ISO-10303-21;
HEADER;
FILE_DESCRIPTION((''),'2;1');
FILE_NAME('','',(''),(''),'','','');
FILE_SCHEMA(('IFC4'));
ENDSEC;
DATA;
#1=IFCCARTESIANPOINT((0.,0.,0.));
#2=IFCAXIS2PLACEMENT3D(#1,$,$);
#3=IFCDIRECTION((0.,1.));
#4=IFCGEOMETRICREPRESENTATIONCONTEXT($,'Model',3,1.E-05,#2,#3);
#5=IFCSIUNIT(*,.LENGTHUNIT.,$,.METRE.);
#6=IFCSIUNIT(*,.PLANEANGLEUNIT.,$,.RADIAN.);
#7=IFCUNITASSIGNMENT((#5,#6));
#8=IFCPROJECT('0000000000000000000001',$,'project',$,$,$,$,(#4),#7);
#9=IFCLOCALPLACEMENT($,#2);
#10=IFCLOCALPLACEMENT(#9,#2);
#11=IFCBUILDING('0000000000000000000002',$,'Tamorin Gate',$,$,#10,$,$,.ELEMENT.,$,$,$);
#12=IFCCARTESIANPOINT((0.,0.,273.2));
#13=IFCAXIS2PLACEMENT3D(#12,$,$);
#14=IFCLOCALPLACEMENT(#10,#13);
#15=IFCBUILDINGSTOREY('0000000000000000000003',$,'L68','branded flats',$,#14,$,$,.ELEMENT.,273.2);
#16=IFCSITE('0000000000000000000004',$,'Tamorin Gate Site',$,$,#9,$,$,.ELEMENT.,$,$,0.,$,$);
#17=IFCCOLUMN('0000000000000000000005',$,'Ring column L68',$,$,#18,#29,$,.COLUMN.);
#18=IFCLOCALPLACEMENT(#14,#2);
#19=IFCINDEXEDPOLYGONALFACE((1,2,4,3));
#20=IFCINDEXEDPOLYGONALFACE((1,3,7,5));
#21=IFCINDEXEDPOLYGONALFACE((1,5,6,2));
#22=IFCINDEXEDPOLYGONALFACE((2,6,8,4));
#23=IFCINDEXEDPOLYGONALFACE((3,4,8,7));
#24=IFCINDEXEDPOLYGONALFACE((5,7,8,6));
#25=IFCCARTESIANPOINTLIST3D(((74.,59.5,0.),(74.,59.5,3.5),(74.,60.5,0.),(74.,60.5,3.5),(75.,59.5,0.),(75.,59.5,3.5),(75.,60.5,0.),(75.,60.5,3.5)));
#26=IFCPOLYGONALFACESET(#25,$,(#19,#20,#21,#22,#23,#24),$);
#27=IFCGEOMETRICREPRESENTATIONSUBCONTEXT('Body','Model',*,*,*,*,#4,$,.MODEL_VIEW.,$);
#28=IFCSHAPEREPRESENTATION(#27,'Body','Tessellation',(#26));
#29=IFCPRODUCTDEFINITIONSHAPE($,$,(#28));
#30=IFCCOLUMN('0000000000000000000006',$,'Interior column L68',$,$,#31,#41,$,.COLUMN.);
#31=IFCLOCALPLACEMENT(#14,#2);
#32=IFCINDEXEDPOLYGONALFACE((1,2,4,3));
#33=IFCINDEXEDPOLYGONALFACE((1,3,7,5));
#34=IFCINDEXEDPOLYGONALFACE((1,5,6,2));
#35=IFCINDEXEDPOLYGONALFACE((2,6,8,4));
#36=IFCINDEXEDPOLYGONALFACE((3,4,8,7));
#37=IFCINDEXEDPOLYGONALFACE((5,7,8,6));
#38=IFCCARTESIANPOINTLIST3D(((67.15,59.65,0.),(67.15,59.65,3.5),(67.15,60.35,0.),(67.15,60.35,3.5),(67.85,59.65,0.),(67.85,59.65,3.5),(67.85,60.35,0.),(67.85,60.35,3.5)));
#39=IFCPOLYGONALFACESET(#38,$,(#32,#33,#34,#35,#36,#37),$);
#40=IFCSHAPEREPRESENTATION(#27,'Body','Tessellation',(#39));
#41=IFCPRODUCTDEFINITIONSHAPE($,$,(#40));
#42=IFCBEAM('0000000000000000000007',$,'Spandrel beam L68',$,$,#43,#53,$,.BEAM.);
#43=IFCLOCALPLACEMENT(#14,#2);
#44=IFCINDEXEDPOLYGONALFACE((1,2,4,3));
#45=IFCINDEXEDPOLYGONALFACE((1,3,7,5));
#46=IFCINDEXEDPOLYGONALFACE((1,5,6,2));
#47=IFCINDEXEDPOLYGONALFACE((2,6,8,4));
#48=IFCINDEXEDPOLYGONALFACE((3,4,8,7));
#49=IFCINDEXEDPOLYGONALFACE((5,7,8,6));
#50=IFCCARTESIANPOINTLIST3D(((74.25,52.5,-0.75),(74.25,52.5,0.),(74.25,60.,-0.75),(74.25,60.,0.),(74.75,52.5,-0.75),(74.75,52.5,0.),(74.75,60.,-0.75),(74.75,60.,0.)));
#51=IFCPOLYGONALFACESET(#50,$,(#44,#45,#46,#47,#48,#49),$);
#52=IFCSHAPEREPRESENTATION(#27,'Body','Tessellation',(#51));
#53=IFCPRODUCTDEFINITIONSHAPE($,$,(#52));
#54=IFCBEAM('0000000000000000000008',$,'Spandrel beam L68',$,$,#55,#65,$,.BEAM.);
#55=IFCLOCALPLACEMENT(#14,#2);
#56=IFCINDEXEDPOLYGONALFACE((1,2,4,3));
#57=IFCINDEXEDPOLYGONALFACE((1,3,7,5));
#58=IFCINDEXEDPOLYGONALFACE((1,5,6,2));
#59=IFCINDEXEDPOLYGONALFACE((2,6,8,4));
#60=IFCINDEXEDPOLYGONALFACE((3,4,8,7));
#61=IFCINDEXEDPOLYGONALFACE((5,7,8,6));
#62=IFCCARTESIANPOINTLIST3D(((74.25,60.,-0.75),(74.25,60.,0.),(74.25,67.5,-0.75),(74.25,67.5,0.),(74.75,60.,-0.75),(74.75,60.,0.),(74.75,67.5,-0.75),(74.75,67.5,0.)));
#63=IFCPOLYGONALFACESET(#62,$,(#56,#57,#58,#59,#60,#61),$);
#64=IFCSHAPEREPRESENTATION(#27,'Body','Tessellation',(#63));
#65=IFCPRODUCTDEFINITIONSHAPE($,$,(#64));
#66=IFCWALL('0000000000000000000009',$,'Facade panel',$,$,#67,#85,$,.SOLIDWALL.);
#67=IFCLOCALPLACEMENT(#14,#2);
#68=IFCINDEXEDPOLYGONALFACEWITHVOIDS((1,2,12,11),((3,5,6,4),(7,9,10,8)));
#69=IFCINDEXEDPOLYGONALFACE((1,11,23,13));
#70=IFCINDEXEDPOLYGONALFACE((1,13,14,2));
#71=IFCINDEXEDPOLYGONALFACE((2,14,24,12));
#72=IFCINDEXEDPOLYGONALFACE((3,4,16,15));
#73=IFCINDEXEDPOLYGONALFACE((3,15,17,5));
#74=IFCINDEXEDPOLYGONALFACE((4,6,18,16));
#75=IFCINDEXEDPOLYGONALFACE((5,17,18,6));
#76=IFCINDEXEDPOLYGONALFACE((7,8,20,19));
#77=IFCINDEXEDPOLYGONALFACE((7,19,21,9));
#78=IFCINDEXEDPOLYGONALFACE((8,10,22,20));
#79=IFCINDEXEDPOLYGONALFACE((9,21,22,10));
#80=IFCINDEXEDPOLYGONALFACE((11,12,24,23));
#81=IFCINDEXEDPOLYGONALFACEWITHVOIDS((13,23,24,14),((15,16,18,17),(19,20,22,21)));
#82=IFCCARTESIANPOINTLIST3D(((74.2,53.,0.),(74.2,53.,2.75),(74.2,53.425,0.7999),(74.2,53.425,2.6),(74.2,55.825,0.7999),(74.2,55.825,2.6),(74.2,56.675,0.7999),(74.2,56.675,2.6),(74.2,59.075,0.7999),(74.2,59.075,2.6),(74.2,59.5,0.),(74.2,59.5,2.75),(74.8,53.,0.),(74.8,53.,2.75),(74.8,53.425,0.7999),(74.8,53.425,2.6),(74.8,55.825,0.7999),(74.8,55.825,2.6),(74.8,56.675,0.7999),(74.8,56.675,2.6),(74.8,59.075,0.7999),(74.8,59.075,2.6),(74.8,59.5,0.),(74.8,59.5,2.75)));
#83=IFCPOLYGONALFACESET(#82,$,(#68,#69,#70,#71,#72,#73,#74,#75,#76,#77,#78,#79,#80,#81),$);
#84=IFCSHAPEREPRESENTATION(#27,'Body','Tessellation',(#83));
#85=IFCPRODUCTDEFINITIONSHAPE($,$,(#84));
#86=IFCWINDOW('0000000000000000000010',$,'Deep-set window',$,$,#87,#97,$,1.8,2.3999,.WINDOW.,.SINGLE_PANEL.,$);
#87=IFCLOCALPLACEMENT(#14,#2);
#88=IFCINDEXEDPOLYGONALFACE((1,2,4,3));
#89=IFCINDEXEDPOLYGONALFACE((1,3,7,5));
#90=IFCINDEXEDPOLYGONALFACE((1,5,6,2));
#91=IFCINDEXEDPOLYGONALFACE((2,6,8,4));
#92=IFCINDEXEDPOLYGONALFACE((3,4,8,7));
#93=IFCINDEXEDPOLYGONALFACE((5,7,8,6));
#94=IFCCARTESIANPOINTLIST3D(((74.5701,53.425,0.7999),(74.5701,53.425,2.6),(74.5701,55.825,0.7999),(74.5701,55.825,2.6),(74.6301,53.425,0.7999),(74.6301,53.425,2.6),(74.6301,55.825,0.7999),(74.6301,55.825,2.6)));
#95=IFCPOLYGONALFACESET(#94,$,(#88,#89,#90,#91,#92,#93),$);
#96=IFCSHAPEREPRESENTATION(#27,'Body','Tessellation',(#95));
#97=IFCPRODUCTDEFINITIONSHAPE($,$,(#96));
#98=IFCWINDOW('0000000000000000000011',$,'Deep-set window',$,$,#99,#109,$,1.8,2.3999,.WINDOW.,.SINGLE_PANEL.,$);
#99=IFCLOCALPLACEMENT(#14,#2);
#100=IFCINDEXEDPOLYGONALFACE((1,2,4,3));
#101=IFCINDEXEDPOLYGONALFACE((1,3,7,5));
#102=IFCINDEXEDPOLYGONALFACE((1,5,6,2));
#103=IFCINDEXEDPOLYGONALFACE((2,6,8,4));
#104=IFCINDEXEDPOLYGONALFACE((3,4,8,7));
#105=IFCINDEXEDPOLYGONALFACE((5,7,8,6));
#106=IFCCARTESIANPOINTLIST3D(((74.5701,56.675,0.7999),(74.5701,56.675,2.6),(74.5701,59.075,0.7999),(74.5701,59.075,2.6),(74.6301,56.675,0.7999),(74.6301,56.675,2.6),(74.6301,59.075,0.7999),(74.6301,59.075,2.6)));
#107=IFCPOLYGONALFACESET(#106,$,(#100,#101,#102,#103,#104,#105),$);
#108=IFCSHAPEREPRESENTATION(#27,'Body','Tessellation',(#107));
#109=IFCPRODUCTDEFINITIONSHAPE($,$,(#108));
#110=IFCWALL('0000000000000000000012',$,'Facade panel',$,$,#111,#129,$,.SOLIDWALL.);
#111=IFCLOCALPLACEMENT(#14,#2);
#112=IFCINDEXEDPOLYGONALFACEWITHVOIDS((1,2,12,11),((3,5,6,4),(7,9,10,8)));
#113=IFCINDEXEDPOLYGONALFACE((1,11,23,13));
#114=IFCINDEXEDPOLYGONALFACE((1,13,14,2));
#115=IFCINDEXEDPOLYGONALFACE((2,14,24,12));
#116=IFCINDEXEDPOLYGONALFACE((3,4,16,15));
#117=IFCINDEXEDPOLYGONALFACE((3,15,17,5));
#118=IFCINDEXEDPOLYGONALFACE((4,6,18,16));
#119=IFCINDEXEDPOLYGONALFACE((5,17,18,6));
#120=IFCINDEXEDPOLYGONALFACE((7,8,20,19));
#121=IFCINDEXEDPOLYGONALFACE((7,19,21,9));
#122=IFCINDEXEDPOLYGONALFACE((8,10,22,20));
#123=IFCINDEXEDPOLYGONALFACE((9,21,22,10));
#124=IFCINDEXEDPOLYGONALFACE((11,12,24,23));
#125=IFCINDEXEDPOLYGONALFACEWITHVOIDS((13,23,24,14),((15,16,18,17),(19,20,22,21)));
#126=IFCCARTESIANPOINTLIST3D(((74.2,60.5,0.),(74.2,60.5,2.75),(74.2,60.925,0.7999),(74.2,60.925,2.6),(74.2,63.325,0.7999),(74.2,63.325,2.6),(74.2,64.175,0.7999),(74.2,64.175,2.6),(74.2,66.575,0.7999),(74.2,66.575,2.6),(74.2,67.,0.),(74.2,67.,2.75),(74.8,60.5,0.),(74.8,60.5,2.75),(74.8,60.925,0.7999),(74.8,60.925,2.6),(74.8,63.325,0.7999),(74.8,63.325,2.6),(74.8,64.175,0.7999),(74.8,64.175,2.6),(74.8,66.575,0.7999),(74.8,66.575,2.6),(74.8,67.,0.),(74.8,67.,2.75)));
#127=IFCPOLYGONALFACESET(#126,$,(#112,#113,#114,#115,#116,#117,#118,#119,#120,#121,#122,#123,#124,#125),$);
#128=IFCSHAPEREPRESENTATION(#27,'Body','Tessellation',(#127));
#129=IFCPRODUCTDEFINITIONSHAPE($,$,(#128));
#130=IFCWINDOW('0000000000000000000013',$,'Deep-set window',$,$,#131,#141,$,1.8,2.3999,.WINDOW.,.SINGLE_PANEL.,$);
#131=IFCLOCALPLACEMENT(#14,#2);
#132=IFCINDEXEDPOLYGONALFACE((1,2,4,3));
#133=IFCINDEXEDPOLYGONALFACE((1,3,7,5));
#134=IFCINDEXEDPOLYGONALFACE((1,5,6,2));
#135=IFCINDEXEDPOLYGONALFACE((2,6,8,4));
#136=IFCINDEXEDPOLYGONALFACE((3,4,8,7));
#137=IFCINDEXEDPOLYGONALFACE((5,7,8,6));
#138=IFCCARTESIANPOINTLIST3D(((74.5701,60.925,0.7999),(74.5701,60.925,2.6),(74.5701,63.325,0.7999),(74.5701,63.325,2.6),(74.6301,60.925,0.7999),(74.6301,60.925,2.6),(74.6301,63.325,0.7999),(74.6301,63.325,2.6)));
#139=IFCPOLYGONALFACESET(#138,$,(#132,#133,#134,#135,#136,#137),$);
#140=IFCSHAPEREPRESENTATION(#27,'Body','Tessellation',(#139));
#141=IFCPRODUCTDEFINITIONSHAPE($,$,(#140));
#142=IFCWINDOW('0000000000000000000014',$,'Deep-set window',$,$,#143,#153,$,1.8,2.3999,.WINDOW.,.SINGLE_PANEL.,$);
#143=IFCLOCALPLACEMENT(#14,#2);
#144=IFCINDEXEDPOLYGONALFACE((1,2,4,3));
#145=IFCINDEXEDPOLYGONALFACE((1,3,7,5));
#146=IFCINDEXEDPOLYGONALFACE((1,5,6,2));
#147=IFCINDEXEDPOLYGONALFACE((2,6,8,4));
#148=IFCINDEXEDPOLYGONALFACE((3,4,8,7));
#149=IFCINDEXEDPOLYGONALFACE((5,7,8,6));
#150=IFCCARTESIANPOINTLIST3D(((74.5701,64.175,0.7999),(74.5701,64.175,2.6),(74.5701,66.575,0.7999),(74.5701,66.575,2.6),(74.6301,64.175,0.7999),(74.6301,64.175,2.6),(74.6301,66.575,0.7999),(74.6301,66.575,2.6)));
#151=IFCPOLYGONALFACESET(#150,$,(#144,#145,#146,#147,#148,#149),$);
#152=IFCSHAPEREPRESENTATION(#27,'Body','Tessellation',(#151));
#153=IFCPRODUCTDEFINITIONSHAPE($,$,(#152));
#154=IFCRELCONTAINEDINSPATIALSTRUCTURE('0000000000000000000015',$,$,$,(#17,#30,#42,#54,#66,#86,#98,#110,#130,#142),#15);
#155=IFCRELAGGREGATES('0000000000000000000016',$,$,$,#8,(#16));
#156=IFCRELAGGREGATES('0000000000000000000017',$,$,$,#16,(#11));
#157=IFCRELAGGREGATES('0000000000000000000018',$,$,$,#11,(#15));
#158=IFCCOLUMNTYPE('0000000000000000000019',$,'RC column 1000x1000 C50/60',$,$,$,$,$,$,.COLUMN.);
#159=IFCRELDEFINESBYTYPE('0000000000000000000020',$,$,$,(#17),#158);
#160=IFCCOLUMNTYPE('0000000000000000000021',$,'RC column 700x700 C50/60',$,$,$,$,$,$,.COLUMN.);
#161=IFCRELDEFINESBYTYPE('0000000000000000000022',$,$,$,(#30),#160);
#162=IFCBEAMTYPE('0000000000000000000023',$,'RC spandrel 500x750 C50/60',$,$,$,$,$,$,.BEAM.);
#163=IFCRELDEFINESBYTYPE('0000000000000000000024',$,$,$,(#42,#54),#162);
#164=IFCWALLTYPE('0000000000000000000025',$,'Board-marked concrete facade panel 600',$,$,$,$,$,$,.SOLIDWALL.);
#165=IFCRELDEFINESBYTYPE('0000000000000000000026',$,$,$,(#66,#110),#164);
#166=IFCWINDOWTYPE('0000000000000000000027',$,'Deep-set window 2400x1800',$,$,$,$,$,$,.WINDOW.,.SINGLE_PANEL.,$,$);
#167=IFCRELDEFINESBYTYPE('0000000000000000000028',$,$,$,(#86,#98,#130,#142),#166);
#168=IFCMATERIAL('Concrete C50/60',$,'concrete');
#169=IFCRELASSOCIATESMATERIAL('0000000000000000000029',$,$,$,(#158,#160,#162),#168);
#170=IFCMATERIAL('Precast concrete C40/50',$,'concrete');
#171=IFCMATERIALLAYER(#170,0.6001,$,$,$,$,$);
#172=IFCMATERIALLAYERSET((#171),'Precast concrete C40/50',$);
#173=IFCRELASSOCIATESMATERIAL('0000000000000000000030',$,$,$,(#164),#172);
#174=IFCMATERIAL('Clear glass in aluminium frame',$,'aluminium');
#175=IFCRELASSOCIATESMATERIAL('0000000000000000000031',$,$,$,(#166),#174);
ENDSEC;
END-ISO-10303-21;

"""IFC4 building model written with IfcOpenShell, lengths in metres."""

from ifc_helpers import new_model, si_unit, direction, frame, frame_2d, origin, origin_2d, place, context, subcontext, project, spatial, rectangle, extrude, material, layer, layer_set, material_profile, profile_set, type_object, element, fill, save


model = new_model("IFC4")

# Units and contexts
model_context = context("Model", 3, precision=1e-05, world=origin(), true_north=direction((0.0, 1.0)))
body_context = subcontext(model_context, "Body", "Model", "MODEL_VIEW")
ifc_project = project(units=[si_unit("LENGTHUNIT", "METRE"), si_unit("PLANEANGLEUNIT", "RADIAN")], contexts=[model_context])

# Site, building, storey
site_placement = place(None, origin())
site = spatial("IfcSite", under=ifc_project, at=site_placement, Name="Tamorin Gate Site", CompositionType="ELEMENT", RefElevation=0.0)
building_placement = place(site_placement, origin())
building = spatial("IfcBuilding", under=site, at=building_placement, Name="Tamorin Gate", CompositionType="ELEMENT")
storey_placement = place(building_placement, frame((0.0, 0.0, 273.2)))
storey = spatial("IfcBuildingStorey", under=building, at=storey_placement, Name="L68", Description="branded flats", CompositionType="ELEMENT", Elevation=273.2)

# Columns
ifc_material_1 = material(Name="Concrete C50/60", Category="concrete")
ifc_material_profile_1 = material_profile(ifc_material_1, rectangle(XDim=1.0, YDim=1.0, at=origin_2d()), Name="RC 1000x1000")
ifc_profile_set_1 = profile_set([ifc_material_profile_1], Name="Concrete C50/60")
column_type_1 = type_object("IfcColumnType", Name="RC column 1000x1000 C50/60", PredefinedType="COLUMN", material=ifc_profile_set_1)
column_1_placement = place(storey_placement, frame((74.5, 60.0, 0.0), z_axis=(0.0, 0.0, 1.0), x_axis=(1.0, 0.0, 0.0)))
element("IfcColumn", 1, at=column_1_placement, inside=storey, type_object=column_type_1, Name="Ring column L68", PredefinedType="COLUMN", context=body_context, shape_type="SweptSolid", body=[
    extrude(rectangle(XDim=1.0, YDim=1.0, at=origin_2d()), origin(), (0.0, 0.0, 1.0), 3.5),
])
ifc_material_profile_2 = material_profile(ifc_material_1, rectangle(XDim=0.7, YDim=0.7, at=origin_2d()), Name="RC 700x700")
ifc_profile_set_2 = profile_set([ifc_material_profile_2], Name="Concrete C50/60")
column_type_2 = type_object("IfcColumnType", Name="RC column 700x700 C50/60", PredefinedType="COLUMN", material=ifc_profile_set_2)
column_2_placement = place(storey_placement, frame((67.5, 60.0, 0.0), z_axis=(0.0, 0.0, 1.0), x_axis=(1.0, 0.0, 0.0)))
element("IfcColumn", 2, at=column_2_placement, inside=storey, type_object=column_type_2, Name="Interior column L68", PredefinedType="COLUMN", context=body_context, shape_type="SweptSolid", body=[
    extrude(rectangle(XDim=0.7, YDim=0.7, at=origin_2d()), origin(), (0.0, 0.0, 1.0), 3.5),
])

# Beams
ifc_material_profile_3 = material_profile(ifc_material_1, rectangle(XDim=0.5, YDim=0.75, at=origin_2d()), Name="RC 500x750")
ifc_profile_set_3 = profile_set([ifc_material_profile_3], Name="Concrete C50/60")
beam_type = type_object("IfcBeamType", Name="RC spandrel 500x750 C50/60", PredefinedType="BEAM", material=ifc_profile_set_3)
for number, where, z_axis, x_axis, name in (
    (3, (74.5, 52.5, -0.375), (0.0, 1.0, 0.0), (-1.0, 0.0, 0.0), "Spandrel beam L68"),
    (4, (74.5, 60.0, -0.375), (0.0, 1.0, 0.0), (-1.0, 0.0, 0.0), "Spandrel beam L68"),
):
    element("IfcBeam", number, at=place(storey_placement, frame(where, z_axis=z_axis, x_axis=x_axis)), inside=storey, type_object=beam_type, Name=name, PredefinedType="BEAM", context=body_context, shape_type="SweptSolid", body=[
        extrude(rectangle(XDim=0.5, YDim=0.75, at=origin_2d()), origin(), (0.0, 0.0, 1.0), 7.5),
    ])

# Walls, openings, windows
ifc_material_2 = material(Name="Precast concrete C40/50", Category="concrete")
ifc_layer_1 = layer(ifc_material_2, 0.6001)
ifc_layer_set_1 = layer_set([ifc_layer_1], Name="Precast concrete C40/50")
wall_type_1 = type_object("IfcWallType", Name="Board-marked concrete facade panel 600", PredefinedType="SOLIDWALL", material=ifc_layer_set_1)
wall_1_placement = place(storey_placement, frame((74.5, 53.0, 0.0), z_axis=(0.0, 0.0, 1.0), x_axis=(0.0, 1.0, 0.0)))
wall_1 = element("IfcWall", 5, at=wall_1_placement, inside=storey, type_object=wall_type_1, Name="Facade panel", PredefinedType="SOLIDWALL", context=body_context, shape_type="SweptSolid", body=[
    extrude(rectangle(XDim=6.5, YDim=0.6001, at=frame_2d((3.25, 0.0))), origin(), (0.0, 0.0, 1.0), 2.75),
])
opening_1_placement = place(wall_1_placement, frame((0.425, 0.0, 0.8)))
opening_1 = element("IfcOpeningElement", 6, at=opening_1_placement, cuts=wall_1, PredefinedType="OPENING", context=body_context, shape_type="SweptSolid", body=[
    extrude(rectangle(XDim=2.3999, YDim=1.8, at=frame_2d((1.2, 0.8999))), frame((0.0, 0.3101, 0.0), z_axis=(0.0, -1.0, 0.0), x_axis=(1.0, 0.0, 0.0)), (0.0, 0.0, 1.0), 0.6201),
])
opening_2_placement = place(wall_1_placement, frame((3.675, 0.0, 0.8)))
opening_2 = element("IfcOpeningElement", 7, at=opening_2_placement, cuts=wall_1, PredefinedType="OPENING", context=body_context, shape_type="SweptSolid", body=[
    extrude(rectangle(XDim=2.3999, YDim=1.8, at=frame_2d((1.2, 0.8999))), frame((0.0, 0.3101, 0.0), z_axis=(0.0, -1.0, 0.0), x_axis=(1.0, 0.0, 0.0)), (0.0, 0.0, 1.0), 0.6201),
])
ifc_material_3 = material(Name="Clear glass in aluminium frame", Category="aluminium")
window_type = type_object("IfcWindowType", Name="Deep-set window 2400x1800", PartitioningType="SINGLE_PANEL", PredefinedType="WINDOW", material=ifc_material_3)
window_1_placement = place(opening_1_placement, origin())
window_1 = element("IfcWindow", 8, at=window_1_placement, inside=storey, type_object=window_type, Name="Deep-set window", OverallHeight=1.8, OverallWidth=2.3999, PartitioningType="SINGLE_PANEL", PredefinedType="WINDOW", context=body_context, shape_type="SweptSolid", body=[
    extrude(rectangle(XDim=2.3999, YDim=1.8, at=frame_2d((1.2, 0.8999))), frame((0.0, -0.0701, 0.0), z_axis=(0.0, -1.0, 0.0), x_axis=(1.0, 0.0, 0.0)), (0.0, 0.0, 1.0), 0.0601),
])
fill(opening_1, window_1)
window_2_placement = place(opening_2_placement, origin())
window_2 = element("IfcWindow", 9, at=window_2_placement, inside=storey, type_object=window_type, Name="Deep-set window", OverallHeight=1.8, OverallWidth=2.3999, PartitioningType="SINGLE_PANEL", PredefinedType="WINDOW", context=body_context, shape_type="SweptSolid", body=[
    extrude(rectangle(XDim=2.3999, YDim=1.8, at=frame_2d((1.2, 0.8999))), frame((0.0, -0.0701, 0.0), z_axis=(0.0, -1.0, 0.0), x_axis=(1.0, 0.0, 0.0)), (0.0, 0.0, 1.0), 0.0601),
])
fill(opening_2, window_2)
wall_2_placement = place(storey_placement, frame((74.5, 60.5, 0.0), z_axis=(0.0, 0.0, 1.0), x_axis=(0.0, 1.0, 0.0)))
wall_2 = element("IfcWall", 10, at=wall_2_placement, inside=storey, type_object=wall_type_1, Name="Facade panel", PredefinedType="SOLIDWALL", context=body_context, shape_type="SweptSolid", body=[
    extrude(rectangle(XDim=6.5, YDim=0.6001, at=frame_2d((3.25, 0.0))), origin(), (0.0, 0.0, 1.0), 2.75),
])
opening_3_placement = place(wall_2_placement, frame((0.425, 0.0, 0.8)))
opening_3 = element("IfcOpeningElement", 11, at=opening_3_placement, cuts=wall_2, PredefinedType="OPENING", context=body_context, shape_type="SweptSolid", body=[
    extrude(rectangle(XDim=2.3999, YDim=1.8, at=frame_2d((1.2, 0.8999))), frame((0.0, 0.3101, 0.0), z_axis=(0.0, -1.0, 0.0), x_axis=(1.0, 0.0, 0.0)), (0.0, 0.0, 1.0), 0.6201),
])
opening_4_placement = place(wall_2_placement, frame((3.675, 0.0, 0.8)))
opening_4 = element("IfcOpeningElement", 12, at=opening_4_placement, cuts=wall_2, PredefinedType="OPENING", context=body_context, shape_type="SweptSolid", body=[
    extrude(rectangle(XDim=2.3999, YDim=1.8, at=frame_2d((1.2, 0.8999))), frame((0.0, 0.3101, 0.0), z_axis=(0.0, -1.0, 0.0), x_axis=(1.0, 0.0, 0.0)), (0.0, 0.0, 1.0), 0.6201),
])
window_3_placement = place(opening_3_placement, origin())
window_3 = element("IfcWindow", 13, at=window_3_placement, inside=storey, type_object=window_type, Name="Deep-set window", OverallHeight=1.8, OverallWidth=2.3999, PartitioningType="SINGLE_PANEL", PredefinedType="WINDOW", context=body_context, shape_type="SweptSolid", body=[
    extrude(rectangle(XDim=2.3999, YDim=1.8, at=frame_2d((1.2, 0.8999))), frame((0.0, -0.0701, 0.0), z_axis=(0.0, -1.0, 0.0), x_axis=(1.0, 0.0, 0.0)), (0.0, 0.0, 1.0), 0.0601),
])
fill(opening_3, window_3)
window_4_placement = place(opening_4_placement, origin())
window_4 = element("IfcWindow", 14, at=window_4_placement, inside=storey, type_object=window_type, Name="Deep-set window", OverallHeight=1.8, OverallWidth=2.3999, PartitioningType="SINGLE_PANEL", PredefinedType="WINDOW", context=body_context, shape_type="SweptSolid", body=[
    extrude(rectangle(XDim=2.3999, YDim=1.8, at=frame_2d((1.2, 0.8999))), frame((0.0, -0.0701, 0.0), z_axis=(0.0, -1.0, 0.0), x_axis=(1.0, 0.0, 0.0)), (0.0, 0.0, 1.0), 0.0601),
])
fill(opening_4, window_4)

save(model, "model.ifc")
